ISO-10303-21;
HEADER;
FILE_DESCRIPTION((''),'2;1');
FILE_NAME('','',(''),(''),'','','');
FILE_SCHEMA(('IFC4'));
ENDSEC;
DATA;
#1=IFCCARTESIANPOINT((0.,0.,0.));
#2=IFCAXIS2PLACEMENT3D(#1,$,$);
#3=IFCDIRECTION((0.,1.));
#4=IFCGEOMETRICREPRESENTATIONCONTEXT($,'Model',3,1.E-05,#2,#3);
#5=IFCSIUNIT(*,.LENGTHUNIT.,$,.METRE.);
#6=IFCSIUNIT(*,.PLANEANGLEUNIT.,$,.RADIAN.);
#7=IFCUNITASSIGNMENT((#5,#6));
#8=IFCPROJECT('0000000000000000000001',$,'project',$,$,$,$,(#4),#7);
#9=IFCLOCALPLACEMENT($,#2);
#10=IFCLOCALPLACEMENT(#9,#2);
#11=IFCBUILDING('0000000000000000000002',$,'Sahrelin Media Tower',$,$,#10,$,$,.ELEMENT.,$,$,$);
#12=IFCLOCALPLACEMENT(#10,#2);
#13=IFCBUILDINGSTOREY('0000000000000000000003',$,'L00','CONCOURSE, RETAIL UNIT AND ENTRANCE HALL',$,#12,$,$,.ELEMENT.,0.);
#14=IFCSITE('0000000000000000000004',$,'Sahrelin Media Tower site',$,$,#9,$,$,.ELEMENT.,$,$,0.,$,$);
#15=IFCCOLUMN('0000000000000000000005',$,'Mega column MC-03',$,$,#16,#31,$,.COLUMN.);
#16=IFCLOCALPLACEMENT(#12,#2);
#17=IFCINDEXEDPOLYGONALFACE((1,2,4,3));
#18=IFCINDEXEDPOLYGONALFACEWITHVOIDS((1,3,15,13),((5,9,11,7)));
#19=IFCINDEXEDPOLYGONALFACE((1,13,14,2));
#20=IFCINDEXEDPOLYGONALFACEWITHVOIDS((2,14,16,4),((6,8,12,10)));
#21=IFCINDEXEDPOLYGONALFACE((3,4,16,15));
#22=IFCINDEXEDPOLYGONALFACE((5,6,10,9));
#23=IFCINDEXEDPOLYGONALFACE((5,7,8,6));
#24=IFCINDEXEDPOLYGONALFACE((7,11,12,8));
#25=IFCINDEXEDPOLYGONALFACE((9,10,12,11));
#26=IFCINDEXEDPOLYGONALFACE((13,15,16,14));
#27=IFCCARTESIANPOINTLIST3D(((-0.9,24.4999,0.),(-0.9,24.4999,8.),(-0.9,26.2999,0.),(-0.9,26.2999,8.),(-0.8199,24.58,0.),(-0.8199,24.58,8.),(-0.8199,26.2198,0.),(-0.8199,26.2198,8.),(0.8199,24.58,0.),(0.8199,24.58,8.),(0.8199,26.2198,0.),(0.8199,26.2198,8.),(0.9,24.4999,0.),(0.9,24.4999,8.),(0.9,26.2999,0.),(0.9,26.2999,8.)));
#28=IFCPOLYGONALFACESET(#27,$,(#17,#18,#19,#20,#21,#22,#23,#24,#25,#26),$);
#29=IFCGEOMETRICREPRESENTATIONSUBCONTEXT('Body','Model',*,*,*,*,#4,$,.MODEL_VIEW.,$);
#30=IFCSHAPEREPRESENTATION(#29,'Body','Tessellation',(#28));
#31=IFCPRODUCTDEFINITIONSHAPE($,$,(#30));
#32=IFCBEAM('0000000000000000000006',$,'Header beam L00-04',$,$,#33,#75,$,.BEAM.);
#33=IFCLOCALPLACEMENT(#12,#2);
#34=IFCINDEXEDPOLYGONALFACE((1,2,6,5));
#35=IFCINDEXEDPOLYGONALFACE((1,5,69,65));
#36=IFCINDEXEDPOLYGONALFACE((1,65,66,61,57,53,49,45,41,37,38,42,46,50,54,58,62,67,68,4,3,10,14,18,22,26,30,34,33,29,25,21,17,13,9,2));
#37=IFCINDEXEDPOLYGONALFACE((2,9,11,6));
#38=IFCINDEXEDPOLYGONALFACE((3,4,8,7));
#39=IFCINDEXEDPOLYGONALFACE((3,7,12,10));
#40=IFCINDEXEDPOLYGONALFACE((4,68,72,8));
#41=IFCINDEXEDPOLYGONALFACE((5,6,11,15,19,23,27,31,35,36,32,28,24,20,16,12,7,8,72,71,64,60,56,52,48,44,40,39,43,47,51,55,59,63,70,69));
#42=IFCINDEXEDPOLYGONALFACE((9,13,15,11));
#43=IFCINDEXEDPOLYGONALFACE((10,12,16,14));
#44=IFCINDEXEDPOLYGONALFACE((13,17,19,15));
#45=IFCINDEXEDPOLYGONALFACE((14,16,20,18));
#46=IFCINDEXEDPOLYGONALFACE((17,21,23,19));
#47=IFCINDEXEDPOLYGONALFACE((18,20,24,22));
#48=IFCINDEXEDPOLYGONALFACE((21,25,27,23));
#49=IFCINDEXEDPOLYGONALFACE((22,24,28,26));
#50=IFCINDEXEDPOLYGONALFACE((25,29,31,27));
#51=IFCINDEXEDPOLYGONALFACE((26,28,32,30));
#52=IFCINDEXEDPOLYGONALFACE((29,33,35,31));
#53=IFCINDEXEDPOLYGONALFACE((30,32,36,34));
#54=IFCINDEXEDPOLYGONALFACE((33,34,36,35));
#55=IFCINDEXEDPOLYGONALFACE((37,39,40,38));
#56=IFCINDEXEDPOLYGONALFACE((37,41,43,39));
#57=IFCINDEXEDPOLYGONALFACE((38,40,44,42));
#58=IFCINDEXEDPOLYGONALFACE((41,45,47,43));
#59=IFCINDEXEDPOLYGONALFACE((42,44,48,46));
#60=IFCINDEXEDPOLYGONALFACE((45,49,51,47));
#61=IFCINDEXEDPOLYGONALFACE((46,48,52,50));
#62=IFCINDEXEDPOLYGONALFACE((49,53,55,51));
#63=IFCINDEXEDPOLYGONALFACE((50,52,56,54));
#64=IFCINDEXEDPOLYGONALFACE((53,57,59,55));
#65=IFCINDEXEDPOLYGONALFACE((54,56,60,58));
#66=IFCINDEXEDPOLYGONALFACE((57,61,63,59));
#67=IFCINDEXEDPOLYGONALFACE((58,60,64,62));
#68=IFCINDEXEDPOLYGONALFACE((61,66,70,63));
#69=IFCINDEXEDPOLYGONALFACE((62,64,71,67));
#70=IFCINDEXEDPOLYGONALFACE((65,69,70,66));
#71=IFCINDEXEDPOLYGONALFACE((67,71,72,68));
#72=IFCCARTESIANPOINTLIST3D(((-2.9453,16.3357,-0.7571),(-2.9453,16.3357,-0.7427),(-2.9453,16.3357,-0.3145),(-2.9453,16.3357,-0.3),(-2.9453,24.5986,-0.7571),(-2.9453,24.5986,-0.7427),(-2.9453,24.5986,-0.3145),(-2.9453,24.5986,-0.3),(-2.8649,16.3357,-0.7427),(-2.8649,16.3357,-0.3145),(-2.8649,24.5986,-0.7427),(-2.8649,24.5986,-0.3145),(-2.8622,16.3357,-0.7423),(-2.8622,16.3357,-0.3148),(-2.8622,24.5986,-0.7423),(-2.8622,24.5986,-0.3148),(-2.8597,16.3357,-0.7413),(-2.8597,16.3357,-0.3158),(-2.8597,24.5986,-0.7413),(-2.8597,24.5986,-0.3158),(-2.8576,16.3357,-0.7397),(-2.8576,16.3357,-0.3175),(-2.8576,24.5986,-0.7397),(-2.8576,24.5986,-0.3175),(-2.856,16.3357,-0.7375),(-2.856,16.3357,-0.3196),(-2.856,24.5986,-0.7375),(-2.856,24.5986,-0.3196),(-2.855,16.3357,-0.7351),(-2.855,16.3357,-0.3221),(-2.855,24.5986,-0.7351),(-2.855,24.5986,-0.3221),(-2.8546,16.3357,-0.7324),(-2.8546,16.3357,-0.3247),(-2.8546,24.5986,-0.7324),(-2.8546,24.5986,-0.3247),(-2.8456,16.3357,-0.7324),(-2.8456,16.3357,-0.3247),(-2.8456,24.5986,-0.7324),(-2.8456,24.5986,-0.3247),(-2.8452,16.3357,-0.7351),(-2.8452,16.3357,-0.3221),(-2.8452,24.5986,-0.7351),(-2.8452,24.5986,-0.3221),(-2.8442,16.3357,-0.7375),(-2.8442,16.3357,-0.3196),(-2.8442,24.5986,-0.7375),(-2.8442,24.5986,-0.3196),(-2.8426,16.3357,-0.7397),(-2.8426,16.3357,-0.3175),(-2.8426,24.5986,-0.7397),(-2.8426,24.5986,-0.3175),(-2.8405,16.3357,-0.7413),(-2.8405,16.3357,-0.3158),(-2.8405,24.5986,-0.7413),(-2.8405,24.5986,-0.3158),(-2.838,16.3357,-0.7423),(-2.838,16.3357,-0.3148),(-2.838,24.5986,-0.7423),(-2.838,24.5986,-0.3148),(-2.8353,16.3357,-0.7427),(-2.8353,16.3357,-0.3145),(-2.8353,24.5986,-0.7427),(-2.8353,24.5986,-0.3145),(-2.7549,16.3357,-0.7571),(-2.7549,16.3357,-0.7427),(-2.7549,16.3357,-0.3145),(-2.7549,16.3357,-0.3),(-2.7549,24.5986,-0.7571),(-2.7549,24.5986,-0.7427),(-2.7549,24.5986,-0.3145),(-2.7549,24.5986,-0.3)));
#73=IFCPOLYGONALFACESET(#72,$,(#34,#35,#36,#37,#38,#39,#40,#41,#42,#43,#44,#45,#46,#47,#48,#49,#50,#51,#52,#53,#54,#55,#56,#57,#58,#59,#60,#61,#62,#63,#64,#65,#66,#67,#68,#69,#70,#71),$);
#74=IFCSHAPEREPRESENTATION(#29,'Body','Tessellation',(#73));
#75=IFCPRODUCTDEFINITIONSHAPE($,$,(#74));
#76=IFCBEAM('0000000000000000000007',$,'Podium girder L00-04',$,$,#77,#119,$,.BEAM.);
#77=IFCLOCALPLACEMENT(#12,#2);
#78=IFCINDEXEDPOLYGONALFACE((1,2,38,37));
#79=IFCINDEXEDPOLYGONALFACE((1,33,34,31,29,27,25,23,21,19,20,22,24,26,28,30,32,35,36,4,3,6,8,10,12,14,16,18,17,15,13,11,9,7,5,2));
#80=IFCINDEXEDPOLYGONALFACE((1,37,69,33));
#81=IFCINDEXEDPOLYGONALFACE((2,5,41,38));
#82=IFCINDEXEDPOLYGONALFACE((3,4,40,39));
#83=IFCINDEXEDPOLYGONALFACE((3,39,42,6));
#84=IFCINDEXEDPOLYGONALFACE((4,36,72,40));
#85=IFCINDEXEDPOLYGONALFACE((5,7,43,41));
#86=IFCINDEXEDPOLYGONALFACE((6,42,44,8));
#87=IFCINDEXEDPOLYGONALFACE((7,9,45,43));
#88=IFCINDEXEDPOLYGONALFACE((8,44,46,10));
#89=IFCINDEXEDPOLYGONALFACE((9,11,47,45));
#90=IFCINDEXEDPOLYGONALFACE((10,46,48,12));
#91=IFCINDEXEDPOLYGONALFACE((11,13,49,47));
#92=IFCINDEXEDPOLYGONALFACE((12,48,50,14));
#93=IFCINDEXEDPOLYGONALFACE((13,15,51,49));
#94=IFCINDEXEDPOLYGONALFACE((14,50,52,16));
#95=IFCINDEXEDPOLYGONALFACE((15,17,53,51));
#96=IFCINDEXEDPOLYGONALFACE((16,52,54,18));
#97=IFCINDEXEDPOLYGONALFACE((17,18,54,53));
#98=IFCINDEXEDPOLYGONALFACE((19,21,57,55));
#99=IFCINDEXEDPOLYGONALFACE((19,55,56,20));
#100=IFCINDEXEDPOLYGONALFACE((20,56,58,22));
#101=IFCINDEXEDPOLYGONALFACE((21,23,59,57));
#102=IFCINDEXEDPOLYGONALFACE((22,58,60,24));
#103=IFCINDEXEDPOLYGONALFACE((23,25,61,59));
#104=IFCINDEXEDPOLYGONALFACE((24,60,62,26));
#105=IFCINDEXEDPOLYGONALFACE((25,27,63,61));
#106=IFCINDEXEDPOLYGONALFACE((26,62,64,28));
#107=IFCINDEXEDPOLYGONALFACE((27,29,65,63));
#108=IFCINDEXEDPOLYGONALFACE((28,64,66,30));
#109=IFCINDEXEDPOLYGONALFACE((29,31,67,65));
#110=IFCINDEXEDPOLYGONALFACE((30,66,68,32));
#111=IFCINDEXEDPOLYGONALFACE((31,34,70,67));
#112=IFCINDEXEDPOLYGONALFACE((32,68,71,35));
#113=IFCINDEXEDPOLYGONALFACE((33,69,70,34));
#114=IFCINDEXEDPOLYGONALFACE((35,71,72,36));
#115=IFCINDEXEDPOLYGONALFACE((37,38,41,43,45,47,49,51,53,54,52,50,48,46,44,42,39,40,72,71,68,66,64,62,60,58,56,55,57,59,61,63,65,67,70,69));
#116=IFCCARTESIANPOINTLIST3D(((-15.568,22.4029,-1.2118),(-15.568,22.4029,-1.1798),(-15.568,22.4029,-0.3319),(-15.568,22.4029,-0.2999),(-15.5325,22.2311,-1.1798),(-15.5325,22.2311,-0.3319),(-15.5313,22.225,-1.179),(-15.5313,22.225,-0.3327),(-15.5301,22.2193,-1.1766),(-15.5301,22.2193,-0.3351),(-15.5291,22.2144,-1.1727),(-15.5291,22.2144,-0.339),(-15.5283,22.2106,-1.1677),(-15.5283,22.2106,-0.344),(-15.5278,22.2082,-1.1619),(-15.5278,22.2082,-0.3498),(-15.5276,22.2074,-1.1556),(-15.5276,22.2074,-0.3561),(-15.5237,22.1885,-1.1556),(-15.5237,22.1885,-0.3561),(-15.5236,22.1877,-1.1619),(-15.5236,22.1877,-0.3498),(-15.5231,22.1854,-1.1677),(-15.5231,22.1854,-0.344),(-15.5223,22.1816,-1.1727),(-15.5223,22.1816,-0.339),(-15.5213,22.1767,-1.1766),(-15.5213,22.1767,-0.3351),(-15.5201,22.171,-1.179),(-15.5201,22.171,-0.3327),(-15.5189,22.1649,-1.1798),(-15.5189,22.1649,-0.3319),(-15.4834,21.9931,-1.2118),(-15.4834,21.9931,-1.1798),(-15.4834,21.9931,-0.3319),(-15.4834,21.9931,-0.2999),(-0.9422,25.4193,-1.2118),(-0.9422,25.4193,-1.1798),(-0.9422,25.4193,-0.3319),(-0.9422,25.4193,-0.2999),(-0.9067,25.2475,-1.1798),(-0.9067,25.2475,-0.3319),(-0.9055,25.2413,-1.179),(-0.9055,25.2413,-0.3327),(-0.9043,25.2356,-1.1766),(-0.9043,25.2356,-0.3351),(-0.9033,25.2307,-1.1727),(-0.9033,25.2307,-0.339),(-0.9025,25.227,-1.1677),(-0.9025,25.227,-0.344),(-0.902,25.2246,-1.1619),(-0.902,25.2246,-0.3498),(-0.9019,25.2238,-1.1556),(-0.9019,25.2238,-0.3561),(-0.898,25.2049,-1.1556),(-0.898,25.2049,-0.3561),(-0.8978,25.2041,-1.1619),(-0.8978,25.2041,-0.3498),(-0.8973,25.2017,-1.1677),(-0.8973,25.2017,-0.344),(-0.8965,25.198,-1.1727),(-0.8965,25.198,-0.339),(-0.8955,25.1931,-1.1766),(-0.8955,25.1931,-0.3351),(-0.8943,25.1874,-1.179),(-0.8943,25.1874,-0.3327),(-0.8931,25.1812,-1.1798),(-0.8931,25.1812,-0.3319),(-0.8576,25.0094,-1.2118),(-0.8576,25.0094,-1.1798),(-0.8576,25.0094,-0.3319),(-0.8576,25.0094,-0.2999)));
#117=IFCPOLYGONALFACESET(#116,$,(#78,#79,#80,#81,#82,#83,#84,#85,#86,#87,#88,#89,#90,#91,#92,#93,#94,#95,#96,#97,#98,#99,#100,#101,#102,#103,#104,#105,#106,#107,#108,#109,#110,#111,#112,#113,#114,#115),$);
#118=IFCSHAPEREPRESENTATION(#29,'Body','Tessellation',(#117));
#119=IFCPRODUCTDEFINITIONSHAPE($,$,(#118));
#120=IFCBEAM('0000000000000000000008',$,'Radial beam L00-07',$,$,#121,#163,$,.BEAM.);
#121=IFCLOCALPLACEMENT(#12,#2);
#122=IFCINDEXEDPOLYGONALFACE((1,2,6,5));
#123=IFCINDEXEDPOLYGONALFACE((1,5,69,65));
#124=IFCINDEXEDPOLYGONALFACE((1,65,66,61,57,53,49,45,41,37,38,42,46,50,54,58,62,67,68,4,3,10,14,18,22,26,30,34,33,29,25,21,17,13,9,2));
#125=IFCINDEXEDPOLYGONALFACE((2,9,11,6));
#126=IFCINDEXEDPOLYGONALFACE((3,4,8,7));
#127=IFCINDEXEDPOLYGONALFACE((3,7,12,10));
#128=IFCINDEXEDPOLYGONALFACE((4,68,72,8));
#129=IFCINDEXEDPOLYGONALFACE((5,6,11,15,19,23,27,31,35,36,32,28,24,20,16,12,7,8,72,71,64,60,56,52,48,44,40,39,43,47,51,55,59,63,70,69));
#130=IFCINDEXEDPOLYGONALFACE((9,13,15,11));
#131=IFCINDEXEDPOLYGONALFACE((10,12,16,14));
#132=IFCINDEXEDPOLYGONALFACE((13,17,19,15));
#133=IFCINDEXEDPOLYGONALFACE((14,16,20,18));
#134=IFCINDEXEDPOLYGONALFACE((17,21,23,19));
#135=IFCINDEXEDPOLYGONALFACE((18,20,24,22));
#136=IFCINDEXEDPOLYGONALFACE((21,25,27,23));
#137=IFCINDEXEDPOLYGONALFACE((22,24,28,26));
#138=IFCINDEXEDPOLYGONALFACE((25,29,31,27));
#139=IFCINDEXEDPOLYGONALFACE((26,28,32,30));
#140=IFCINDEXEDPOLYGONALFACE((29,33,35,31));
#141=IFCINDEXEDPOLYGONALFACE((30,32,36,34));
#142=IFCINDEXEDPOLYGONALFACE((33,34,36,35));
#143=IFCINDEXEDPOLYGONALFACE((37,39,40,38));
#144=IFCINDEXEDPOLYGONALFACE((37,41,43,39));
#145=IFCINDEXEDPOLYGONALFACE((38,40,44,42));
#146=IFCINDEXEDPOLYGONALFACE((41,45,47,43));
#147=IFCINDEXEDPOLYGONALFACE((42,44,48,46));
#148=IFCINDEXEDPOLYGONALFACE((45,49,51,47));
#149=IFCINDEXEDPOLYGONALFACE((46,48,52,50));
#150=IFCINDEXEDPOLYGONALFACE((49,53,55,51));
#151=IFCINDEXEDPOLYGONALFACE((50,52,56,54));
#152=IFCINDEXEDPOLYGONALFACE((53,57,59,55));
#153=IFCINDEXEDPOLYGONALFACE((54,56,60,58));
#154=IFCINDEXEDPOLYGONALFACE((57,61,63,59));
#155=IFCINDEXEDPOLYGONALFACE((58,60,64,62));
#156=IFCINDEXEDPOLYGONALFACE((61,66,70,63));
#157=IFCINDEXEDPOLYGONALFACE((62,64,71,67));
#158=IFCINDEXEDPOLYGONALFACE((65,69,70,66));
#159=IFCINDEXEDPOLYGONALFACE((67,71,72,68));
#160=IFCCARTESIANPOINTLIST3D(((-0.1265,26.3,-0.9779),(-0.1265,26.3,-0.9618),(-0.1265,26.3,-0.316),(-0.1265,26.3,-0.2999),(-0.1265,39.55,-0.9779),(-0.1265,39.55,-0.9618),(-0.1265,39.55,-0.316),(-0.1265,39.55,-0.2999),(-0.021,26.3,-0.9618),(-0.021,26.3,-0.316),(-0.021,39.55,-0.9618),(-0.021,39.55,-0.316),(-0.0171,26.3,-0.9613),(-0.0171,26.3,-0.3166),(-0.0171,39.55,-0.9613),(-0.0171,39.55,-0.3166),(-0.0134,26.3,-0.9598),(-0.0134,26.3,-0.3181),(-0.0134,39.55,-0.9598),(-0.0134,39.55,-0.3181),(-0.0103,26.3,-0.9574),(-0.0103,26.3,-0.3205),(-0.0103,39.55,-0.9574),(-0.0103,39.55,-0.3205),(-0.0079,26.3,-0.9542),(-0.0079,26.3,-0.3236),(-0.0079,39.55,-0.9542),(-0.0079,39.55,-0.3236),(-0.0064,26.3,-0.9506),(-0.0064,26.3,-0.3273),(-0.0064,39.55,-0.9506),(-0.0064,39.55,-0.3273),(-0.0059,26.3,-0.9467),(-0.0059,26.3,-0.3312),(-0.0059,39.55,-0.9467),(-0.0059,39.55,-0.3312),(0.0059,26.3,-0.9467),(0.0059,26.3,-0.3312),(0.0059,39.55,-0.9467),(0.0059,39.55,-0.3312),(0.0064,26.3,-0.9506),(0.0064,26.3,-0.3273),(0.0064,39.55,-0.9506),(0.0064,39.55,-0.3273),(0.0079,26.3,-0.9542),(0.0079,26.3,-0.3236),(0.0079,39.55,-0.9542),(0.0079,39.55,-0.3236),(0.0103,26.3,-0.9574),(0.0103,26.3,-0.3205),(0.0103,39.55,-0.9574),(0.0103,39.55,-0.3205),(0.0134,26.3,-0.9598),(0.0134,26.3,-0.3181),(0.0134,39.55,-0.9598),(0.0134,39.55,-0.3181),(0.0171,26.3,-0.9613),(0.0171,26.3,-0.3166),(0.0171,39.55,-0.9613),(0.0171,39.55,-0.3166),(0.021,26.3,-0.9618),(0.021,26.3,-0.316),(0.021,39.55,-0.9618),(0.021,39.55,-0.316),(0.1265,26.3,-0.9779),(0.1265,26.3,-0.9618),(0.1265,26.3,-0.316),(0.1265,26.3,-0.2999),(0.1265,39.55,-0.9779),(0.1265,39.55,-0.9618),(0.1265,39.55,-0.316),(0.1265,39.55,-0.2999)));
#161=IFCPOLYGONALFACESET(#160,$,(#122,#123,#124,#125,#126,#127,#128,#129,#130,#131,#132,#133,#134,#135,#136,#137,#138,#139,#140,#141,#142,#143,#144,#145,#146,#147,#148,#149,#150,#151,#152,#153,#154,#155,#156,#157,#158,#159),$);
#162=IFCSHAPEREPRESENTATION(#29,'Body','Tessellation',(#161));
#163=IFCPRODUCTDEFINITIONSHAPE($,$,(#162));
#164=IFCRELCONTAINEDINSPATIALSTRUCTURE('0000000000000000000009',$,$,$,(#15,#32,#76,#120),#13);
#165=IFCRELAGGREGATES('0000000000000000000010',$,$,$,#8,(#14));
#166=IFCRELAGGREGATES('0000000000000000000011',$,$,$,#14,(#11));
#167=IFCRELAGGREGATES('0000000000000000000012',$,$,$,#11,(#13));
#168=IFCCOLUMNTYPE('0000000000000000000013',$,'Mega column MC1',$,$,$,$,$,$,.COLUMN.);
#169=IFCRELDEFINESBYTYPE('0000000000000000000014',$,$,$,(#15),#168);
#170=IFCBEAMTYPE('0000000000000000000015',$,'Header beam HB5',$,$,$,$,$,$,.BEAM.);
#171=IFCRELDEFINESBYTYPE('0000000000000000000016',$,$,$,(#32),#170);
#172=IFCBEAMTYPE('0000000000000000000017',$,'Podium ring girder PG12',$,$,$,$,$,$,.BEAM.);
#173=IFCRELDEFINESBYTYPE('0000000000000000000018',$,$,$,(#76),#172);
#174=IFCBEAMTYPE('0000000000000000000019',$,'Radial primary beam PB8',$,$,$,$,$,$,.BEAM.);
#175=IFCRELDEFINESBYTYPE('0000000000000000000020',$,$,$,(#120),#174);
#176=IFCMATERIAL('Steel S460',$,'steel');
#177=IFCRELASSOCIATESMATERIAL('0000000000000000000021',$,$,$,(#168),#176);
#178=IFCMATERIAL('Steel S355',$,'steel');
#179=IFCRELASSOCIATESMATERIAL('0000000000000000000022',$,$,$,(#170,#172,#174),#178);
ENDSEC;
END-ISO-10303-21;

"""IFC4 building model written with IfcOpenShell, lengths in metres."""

from ifc_helpers import new_model, si_unit, direction, frame, origin, origin_2d, place, context, subcontext, project, spatial, hollow_rectangle, i_section, extrude, material, material_profile, profile_set, type_object, element, save


model = new_model("IFC4")

# Units and contexts
model_context = context("Model", 3, precision=1e-05, world=origin(), true_north=direction((0.0, 1.0)))
body_context = subcontext(model_context, "Body", "Model", "MODEL_VIEW")
ifc_project = project(units=[si_unit("LENGTHUNIT", "METRE"), si_unit("PLANEANGLEUNIT", "RADIAN")], contexts=[model_context])

# Site, building, storey
site_placement = place(None, origin())
site = spatial("IfcSite", under=ifc_project, at=site_placement, Name="Sahrelin Media Tower site", CompositionType="ELEMENT", RefElevation=0.0)
building_placement = place(site_placement, origin())
building = spatial("IfcBuilding", under=site, at=building_placement, Name="Sahrelin Media Tower", CompositionType="ELEMENT")
storey_placement = place(building_placement, origin())
storey = spatial("IfcBuildingStorey", under=building, at=storey_placement, Name="L00", Description="CONCOURSE, RETAIL UNIT AND ENTRANCE HALL", CompositionType="ELEMENT", Elevation=0.0)

# Column
ifc_material_1 = material(Name="Steel S460", Category="steel")
ifc_material_profile_1 = material_profile(ifc_material_1, hollow_rectangle(XDim=1.8, YDim=1.8, WallThickness=0.0801, at=origin_2d()), Name="Mega column MC1")
ifc_profile_set_1 = profile_set([ifc_material_profile_1], Name="Steel S460")
column_type = type_object("IfcColumnType", Name="Mega column MC1", PredefinedType="COLUMN", material=ifc_profile_set_1)
column_placement = place(storey_placement, frame((0.0, 25.3999, 0.0), z_axis=(0.0, 0.0, 1.0), x_axis=(0.0, 1.0, 0.0)))
element("IfcColumn", 1, at=column_placement, inside=storey, type_object=column_type, Name="Mega column MC-03", PredefinedType="COLUMN", context=body_context, shape_type="SweptSolid", body=[
    extrude(hollow_rectangle(XDim=1.8, YDim=1.8, WallThickness=0.0801, at=origin_2d()), origin(), (0.0, 0.0, 1.0), 8.0),
])

# Beams
ifc_material_2 = material(Name="Steel S355", Category="steel")
ifc_material_profile_2 = material_profile(ifc_material_2, i_section(OverallWidth=0.1904, OverallDepth=0.457, WebThickness=0.009, FlangeThickness=0.0144, FilletRadius=0.0103, at=origin_2d()), Name="UB 457x191x74")
ifc_profile_set_2 = profile_set([ifc_material_profile_2], Name="Steel S355")
beam_type_1 = type_object("IfcBeamType", Name="Header beam HB5", PredefinedType="BEAM", material=ifc_profile_set_2)
beam_1_placement = place(storey_placement, frame((-2.8501, 16.3357, -0.5286), z_axis=(0.0, 1.0, 0.0), x_axis=(-1.0, 0.0, 0.0)))
element("IfcBeam", 2, at=beam_1_placement, inside=storey, type_object=beam_type_1, Name="Header beam L00-04", PredefinedType="BEAM", context=body_context, shape_type="SweptSolid", body=[
    extrude(i_section(OverallWidth=0.1904, OverallDepth=0.457, WebThickness=0.009, FlangeThickness=0.0144, FilletRadius=0.0103, at=origin_2d()), origin(), (0.0, 0.0, 1.0), 8.2629),
])
ifc_material_profile_3 = material_profile(ifc_material_2, i_section(OverallWidth=0.4185, OverallDepth=0.9119, WebThickness=0.0193, FlangeThickness=0.032, FilletRadius=0.0242, at=origin_2d()), Name="UB 914x419x343")
ifc_profile_set_3 = profile_set([ifc_material_profile_3], Name="Steel S355")
beam_type_2 = type_object("IfcBeamType", Name="Podium ring girder PG12", PredefinedType="BEAM", material=ifc_profile_set_3)
beam_2_placement = place(storey_placement, frame((-0.8999, 25.2144, -0.7559), z_axis=(-0.979389, -0.201985, 0.0), x_axis=(0.201985, -0.979389, 0.0)))
element("IfcBeam", 3, at=beam_2_placement, inside=storey, type_object=beam_type_2, Name="Podium girder L00-04", PredefinedType="BEAM", context=body_context, shape_type="SweptSolid", body=[
    extrude(i_section(OverallWidth=0.4185, OverallDepth=0.9119, WebThickness=0.0193, FlangeThickness=0.032, FilletRadius=0.0242, at=origin_2d()), origin(), (0.0, 0.0, 1.0), 14.9336),
])
ifc_material_profile_4 = material_profile(ifc_material_2, i_section(OverallWidth=0.2529, OverallDepth=0.678, WebThickness=0.0117, FlangeThickness=0.0161, FilletRadius=0.0151, at=origin_2d()), Name="UB 686x254x125")
ifc_profile_set_4 = profile_set([ifc_material_profile_4], Name="Steel S355")
beam_type_3 = type_object("IfcBeamType", Name="Radial primary beam PB8", PredefinedType="BEAM", material=ifc_profile_set_4)
beam_3_placement = place(storey_placement, frame((0.0, 26.3, -0.6389), z_axis=(0.0, 1.0, 0.0), x_axis=(-1.0, 0.0, 0.0)))
element("IfcBeam", 4, at=beam_3_placement, inside=storey, type_object=beam_type_3, Name="Radial beam L00-07", PredefinedType="BEAM", context=body_context, shape_type="SweptSolid", body=[
    extrude(i_section(OverallWidth=0.2529, OverallDepth=0.678, WebThickness=0.0117, FlangeThickness=0.0161, FilletRadius=0.0151, at=origin_2d()), origin(), (0.0, 0.0, 1.0), 13.25),
])

save(model, "model.ifc")
